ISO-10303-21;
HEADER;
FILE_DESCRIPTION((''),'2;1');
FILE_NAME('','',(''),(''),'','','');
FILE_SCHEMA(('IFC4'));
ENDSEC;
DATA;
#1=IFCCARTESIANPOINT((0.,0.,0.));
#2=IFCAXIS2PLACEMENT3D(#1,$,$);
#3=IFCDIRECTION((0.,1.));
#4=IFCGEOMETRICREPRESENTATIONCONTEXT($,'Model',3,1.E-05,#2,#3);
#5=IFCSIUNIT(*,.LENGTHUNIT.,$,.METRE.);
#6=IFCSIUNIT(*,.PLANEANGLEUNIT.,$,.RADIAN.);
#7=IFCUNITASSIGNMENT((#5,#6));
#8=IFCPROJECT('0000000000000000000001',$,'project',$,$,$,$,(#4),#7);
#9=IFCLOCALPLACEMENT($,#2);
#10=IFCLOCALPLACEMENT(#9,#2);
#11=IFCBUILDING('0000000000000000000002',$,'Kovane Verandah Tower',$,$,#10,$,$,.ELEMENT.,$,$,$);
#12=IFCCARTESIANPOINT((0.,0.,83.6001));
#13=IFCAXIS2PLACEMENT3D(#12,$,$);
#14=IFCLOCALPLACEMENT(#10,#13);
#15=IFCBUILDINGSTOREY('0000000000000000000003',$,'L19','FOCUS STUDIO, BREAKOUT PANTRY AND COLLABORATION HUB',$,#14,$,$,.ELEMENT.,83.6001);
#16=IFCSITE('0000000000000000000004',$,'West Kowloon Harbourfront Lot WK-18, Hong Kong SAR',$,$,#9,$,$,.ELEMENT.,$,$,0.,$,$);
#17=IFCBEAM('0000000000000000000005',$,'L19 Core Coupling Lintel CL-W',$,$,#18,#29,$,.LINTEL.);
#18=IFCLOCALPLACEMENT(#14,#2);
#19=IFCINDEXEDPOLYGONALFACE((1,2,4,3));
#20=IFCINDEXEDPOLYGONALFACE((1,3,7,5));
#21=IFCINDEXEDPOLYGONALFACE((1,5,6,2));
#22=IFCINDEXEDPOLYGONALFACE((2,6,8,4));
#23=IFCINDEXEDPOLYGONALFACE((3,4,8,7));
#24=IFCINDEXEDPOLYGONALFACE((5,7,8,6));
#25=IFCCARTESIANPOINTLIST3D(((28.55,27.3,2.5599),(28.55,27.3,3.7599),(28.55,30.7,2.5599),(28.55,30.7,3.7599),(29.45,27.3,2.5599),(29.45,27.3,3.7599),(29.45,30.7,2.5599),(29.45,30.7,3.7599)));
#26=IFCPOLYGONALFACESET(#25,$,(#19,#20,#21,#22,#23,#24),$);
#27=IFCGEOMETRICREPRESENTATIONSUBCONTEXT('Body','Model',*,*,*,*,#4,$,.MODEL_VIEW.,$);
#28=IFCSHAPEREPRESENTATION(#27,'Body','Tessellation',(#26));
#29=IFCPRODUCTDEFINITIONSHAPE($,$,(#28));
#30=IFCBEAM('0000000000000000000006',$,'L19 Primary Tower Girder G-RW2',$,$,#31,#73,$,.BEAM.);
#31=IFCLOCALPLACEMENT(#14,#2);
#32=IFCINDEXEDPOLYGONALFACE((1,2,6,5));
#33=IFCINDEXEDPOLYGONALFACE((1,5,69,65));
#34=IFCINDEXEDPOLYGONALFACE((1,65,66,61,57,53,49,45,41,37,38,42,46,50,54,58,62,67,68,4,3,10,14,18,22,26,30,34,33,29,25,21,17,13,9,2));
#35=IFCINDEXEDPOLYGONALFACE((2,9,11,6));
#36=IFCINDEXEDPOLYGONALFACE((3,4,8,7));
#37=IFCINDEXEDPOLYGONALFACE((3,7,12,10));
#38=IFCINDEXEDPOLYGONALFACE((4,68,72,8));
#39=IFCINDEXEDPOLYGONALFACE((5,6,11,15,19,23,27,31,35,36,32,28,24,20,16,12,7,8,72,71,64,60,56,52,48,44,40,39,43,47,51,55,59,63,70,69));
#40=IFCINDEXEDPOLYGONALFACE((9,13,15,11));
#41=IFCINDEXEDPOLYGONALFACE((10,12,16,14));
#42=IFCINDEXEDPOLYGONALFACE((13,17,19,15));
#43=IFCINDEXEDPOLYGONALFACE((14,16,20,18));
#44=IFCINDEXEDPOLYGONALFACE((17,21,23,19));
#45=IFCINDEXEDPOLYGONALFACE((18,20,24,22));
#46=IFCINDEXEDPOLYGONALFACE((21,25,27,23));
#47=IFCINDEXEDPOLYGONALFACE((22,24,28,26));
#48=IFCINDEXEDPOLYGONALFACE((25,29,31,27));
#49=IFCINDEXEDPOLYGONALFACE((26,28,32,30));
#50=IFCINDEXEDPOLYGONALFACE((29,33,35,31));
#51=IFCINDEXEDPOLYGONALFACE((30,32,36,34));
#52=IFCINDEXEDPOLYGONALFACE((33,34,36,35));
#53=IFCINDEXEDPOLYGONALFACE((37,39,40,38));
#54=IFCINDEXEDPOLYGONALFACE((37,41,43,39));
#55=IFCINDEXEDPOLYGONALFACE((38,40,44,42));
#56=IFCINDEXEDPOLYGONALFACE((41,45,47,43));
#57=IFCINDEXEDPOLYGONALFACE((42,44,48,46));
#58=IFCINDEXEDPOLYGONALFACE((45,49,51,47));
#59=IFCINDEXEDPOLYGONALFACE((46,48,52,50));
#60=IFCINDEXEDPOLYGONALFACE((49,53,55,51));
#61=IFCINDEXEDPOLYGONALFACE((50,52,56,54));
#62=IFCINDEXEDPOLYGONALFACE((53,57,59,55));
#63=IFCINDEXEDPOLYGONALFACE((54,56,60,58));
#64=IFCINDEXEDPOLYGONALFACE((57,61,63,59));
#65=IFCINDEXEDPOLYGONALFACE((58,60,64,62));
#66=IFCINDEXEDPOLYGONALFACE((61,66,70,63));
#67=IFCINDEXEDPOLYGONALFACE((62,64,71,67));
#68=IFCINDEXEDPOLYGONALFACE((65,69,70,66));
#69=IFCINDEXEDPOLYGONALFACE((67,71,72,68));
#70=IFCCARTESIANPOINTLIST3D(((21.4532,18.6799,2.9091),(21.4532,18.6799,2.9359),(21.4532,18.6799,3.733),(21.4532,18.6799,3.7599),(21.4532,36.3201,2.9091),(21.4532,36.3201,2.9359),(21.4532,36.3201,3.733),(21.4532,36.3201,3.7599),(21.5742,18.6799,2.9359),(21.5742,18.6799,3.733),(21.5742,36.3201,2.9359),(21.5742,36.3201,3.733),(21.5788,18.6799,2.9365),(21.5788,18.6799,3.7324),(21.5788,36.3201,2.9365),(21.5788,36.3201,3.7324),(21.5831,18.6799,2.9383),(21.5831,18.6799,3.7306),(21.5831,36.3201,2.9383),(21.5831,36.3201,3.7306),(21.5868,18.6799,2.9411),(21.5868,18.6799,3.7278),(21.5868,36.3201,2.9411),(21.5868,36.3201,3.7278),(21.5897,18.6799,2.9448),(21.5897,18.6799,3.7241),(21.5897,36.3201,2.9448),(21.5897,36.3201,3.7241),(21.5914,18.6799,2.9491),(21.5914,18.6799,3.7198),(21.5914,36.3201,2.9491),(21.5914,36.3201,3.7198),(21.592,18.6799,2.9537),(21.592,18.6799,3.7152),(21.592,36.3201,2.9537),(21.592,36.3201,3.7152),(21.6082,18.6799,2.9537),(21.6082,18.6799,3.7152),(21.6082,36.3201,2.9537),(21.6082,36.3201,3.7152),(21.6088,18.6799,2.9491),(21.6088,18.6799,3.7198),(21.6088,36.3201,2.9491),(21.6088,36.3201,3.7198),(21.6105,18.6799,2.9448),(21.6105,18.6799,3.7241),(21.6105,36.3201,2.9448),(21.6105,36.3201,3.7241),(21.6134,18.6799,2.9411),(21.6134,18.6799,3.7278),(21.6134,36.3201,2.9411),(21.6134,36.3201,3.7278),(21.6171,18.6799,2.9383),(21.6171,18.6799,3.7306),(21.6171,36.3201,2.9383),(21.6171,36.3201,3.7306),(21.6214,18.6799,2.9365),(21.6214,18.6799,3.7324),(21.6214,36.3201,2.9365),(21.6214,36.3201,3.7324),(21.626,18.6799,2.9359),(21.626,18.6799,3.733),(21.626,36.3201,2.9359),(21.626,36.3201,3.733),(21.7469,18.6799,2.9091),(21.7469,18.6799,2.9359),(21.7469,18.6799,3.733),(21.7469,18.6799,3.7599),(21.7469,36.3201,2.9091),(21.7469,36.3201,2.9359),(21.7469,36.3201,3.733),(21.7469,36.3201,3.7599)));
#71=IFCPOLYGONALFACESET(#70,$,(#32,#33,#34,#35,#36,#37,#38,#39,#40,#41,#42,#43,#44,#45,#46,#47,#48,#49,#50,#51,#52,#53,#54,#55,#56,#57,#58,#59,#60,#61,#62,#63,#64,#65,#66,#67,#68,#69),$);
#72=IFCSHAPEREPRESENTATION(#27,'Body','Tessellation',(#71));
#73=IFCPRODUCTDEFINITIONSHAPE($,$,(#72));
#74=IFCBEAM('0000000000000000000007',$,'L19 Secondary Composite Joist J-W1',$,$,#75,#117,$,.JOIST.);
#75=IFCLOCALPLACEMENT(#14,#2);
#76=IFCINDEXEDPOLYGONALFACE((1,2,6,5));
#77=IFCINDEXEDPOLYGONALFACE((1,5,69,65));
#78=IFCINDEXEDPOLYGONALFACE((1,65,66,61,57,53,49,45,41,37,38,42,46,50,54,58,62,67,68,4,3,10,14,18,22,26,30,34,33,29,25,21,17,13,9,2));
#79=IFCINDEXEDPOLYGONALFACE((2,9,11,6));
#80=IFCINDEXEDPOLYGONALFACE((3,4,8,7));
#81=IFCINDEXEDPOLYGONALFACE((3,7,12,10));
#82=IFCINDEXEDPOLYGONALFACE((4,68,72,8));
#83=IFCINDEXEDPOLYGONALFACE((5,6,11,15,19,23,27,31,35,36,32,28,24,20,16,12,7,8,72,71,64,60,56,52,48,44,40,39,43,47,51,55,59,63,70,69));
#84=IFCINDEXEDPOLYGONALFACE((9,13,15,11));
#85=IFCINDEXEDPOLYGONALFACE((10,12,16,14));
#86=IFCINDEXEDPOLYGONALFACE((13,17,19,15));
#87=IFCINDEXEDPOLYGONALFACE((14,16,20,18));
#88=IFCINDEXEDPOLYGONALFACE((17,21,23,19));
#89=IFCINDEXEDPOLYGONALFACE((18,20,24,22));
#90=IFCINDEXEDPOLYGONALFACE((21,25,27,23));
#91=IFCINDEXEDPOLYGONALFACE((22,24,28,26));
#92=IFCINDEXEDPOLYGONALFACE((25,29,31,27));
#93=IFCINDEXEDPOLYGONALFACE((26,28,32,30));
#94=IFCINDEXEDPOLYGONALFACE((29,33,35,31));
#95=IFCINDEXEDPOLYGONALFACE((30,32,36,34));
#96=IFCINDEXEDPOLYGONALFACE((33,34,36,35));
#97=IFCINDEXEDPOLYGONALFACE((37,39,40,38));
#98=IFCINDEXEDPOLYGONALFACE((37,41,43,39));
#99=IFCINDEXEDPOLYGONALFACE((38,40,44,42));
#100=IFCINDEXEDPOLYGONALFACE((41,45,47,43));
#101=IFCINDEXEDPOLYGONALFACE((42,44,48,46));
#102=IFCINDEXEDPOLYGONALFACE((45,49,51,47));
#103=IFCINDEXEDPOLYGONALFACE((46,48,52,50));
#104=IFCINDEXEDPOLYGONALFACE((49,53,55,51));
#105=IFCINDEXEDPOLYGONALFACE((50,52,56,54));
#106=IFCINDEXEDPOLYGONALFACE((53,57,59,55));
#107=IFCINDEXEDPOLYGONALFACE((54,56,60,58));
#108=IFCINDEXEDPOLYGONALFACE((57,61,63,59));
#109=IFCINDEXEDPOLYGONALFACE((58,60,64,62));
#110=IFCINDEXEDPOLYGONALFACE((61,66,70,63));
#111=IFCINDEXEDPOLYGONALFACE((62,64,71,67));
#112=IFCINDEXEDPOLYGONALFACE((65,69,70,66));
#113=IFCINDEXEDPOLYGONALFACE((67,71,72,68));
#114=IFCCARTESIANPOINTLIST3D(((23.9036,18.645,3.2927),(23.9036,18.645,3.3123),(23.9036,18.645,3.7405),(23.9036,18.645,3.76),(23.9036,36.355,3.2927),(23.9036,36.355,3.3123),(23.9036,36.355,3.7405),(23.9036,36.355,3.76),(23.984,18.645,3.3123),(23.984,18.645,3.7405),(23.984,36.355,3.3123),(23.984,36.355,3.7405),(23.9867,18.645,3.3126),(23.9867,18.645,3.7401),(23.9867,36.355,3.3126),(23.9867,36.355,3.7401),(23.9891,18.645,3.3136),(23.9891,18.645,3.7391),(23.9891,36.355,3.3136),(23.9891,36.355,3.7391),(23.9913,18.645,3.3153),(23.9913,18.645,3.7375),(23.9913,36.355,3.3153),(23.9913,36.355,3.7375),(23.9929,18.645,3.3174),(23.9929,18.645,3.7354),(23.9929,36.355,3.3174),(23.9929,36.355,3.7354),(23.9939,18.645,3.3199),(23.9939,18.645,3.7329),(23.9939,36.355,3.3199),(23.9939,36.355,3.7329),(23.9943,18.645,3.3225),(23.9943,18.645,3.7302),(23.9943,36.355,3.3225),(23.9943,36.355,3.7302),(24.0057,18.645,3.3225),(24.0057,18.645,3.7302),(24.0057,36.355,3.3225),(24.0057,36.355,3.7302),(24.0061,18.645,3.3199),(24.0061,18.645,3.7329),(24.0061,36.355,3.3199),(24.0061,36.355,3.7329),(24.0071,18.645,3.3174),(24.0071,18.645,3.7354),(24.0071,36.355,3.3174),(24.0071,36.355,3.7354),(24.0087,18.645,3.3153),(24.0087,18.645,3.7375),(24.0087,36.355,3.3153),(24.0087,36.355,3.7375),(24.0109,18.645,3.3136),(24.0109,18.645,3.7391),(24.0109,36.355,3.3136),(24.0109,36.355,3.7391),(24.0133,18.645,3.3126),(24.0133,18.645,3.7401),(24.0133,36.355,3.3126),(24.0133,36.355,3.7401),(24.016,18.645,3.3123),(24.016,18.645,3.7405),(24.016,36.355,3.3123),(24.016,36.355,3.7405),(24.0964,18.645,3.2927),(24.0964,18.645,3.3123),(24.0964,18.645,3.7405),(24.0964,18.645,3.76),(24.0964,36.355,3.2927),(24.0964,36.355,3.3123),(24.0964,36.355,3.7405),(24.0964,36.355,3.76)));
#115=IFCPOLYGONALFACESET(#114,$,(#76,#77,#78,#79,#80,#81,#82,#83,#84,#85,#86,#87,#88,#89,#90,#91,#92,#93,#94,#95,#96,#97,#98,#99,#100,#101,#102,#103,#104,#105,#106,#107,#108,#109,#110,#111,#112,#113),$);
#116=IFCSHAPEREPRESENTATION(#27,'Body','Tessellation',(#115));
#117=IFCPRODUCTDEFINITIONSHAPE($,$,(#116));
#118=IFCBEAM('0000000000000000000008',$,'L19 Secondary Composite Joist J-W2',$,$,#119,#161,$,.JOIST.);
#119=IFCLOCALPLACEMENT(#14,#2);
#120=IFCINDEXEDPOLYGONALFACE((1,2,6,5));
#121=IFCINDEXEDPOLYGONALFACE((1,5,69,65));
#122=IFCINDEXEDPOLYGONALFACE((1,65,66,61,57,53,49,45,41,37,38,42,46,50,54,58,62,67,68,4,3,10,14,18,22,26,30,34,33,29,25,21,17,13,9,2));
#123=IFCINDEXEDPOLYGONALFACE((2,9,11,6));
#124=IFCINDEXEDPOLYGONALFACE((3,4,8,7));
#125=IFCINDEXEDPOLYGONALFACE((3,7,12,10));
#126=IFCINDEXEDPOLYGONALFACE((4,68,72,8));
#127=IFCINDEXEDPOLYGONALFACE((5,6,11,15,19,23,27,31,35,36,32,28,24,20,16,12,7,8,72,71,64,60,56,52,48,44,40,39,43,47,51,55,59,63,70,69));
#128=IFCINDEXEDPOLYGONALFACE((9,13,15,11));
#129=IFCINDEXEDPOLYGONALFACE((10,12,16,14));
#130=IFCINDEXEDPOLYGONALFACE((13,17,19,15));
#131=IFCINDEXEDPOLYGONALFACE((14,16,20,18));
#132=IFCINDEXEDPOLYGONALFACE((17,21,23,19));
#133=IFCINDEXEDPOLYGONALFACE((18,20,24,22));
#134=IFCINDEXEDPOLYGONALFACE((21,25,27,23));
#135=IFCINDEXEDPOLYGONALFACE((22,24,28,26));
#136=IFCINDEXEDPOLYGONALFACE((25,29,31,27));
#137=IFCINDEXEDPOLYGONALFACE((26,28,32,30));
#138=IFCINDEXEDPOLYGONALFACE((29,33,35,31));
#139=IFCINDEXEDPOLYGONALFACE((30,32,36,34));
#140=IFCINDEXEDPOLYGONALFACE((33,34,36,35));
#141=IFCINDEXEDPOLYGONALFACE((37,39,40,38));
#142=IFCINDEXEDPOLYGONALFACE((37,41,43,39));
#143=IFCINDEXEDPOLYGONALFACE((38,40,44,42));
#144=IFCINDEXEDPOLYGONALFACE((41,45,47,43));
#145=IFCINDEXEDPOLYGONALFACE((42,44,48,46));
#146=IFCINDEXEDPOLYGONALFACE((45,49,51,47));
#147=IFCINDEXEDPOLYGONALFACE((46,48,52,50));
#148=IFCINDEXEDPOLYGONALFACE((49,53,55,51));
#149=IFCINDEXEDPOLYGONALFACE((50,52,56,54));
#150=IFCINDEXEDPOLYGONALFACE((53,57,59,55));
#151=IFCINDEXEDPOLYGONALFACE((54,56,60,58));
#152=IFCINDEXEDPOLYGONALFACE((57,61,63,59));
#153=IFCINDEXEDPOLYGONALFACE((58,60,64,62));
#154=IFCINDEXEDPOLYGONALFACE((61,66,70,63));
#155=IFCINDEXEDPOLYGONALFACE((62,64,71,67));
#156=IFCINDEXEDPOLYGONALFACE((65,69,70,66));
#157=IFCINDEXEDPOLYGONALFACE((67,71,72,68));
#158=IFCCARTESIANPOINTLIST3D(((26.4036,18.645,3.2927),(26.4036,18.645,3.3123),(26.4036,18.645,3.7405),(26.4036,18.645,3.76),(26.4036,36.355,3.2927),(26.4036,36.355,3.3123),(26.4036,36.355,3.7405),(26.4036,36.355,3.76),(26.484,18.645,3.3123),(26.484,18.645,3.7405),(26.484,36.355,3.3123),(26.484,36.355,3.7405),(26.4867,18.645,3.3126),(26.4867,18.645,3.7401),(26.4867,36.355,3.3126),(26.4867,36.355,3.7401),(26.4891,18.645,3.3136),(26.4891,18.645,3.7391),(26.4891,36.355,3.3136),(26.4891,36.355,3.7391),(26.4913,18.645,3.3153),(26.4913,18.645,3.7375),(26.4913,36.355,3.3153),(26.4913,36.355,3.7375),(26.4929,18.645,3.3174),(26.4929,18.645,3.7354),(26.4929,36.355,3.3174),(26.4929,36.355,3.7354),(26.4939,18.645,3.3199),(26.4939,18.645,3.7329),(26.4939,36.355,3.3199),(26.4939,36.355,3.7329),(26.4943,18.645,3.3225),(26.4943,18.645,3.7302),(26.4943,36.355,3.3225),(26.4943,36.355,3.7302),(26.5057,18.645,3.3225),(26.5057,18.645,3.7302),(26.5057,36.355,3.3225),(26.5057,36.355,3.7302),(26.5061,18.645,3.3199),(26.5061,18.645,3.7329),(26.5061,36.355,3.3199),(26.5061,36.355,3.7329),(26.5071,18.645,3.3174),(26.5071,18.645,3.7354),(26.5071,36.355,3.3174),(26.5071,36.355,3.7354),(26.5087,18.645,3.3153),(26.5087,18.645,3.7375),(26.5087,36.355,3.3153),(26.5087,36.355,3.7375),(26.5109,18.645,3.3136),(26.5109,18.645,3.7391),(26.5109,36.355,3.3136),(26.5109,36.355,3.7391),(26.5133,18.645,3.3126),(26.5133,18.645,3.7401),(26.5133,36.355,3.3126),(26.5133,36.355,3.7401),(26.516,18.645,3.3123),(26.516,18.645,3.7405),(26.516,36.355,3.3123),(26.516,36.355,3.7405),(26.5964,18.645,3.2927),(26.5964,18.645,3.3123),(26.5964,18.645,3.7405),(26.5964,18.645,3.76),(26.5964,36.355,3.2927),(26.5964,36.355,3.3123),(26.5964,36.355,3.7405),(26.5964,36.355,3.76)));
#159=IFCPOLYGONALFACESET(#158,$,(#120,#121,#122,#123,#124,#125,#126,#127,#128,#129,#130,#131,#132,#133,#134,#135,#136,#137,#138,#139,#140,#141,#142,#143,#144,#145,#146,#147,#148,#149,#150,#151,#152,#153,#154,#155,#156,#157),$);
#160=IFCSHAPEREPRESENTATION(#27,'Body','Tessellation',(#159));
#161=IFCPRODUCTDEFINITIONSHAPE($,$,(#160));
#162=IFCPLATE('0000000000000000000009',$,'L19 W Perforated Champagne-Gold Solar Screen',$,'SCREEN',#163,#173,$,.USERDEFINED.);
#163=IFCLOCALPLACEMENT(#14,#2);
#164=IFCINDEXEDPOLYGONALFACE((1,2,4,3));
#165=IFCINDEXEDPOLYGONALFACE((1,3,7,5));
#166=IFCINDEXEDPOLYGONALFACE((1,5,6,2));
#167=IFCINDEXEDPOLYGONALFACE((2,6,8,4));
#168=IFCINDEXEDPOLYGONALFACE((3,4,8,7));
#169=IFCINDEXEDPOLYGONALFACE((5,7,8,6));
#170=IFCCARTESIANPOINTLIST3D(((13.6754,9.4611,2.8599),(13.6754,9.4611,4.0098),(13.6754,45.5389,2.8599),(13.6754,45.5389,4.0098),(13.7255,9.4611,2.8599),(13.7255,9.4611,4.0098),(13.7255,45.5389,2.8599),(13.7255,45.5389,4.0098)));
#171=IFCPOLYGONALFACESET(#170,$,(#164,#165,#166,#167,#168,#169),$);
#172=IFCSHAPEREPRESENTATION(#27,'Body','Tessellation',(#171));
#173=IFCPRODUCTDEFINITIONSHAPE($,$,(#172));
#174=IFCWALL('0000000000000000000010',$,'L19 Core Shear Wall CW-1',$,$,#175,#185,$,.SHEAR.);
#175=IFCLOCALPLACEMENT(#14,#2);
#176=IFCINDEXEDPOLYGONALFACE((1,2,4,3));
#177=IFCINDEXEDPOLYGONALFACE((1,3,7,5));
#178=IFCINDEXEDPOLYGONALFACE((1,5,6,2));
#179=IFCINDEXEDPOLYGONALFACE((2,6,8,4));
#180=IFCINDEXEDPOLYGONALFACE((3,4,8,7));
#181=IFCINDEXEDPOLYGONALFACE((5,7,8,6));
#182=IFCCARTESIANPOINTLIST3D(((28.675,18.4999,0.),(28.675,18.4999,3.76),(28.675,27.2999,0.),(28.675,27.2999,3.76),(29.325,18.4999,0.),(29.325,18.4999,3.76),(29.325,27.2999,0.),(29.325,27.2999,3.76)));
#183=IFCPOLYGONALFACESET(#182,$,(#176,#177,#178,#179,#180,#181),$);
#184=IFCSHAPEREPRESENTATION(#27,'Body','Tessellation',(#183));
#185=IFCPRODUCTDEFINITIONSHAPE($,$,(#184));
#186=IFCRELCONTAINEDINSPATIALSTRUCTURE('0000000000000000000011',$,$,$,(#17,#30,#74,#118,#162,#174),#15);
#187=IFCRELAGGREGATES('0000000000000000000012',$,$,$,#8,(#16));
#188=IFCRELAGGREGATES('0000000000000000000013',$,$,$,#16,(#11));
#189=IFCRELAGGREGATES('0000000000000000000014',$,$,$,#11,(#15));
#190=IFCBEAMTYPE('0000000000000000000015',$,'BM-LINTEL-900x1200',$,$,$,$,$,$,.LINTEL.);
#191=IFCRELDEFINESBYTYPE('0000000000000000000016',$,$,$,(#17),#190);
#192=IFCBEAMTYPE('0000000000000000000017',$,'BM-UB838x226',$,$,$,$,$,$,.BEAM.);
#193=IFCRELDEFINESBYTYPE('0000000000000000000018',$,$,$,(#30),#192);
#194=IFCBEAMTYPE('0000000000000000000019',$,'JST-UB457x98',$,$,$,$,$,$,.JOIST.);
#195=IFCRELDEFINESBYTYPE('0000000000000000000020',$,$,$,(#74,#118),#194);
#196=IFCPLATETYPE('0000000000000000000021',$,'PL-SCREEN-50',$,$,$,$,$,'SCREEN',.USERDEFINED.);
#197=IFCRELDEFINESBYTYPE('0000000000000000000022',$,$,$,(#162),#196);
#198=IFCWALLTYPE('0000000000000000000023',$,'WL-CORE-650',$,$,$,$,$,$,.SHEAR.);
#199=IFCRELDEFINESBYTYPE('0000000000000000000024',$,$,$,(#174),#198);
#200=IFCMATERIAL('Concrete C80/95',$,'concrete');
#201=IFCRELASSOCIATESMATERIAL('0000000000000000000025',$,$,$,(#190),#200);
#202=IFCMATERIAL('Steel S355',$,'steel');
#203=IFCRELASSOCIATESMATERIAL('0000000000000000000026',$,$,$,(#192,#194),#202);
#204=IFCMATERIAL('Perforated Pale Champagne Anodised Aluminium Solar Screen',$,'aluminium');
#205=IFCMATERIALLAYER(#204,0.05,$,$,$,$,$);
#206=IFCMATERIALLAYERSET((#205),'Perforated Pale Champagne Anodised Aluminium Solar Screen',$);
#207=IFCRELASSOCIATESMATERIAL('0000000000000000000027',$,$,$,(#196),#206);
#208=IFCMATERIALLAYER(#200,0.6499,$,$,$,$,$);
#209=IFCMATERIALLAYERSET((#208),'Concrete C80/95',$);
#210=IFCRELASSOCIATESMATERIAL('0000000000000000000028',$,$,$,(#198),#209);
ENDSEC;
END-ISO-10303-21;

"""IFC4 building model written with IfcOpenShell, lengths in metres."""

from ifc_helpers import new_model, si_unit, direction, frame, frame_2d, origin, origin_2d, place, context, subcontext, project, spatial, rectangle, i_section, extrude, material, layer, layer_set, material_profile, profile_set, type_object, element, save


model = new_model("IFC4")

# Units and contexts
model_context = context("Model", 3, precision=1e-05, world=origin(), true_north=direction((0.0, 1.0)))
body_context = subcontext(model_context, "Body", "Model", "MODEL_VIEW")
ifc_project = project(units=[si_unit("LENGTHUNIT", "METRE"), si_unit("PLANEANGLEUNIT", "RADIAN")], contexts=[model_context])

# Site, building, storey
site_placement = place(None, origin())
site = spatial("IfcSite", under=ifc_project, at=site_placement, Name="West Kowloon Harbourfront Lot WK-18, Hong Kong SAR", CompositionType="ELEMENT", RefElevation=0.0)
building_placement = place(site_placement, origin())
building = spatial("IfcBuilding", under=site, at=building_placement, Name="Kovane Verandah Tower", CompositionType="ELEMENT")
storey_placement = place(building_placement, frame((0.0, 0.0, 83.6001)))
storey = spatial("IfcBuildingStorey", under=building, at=storey_placement, Name="L19", Description="FOCUS STUDIO, BREAKOUT PANTRY AND COLLABORATION HUB", CompositionType="ELEMENT", Elevation=83.6001)

# Beams
ifc_material_1 = material(Name="Concrete C80/95", Category="concrete")
ifc_material_profile_1 = material_profile(ifc_material_1, rectangle(XDim=0.8999, YDim=1.2, at=origin_2d()), Name="RCB900x1200")
ifc_profile_set_1 = profile_set([ifc_material_profile_1], Name="Concrete C80/95")
beam_type_1 = type_object("IfcBeamType", Name="BM-LINTEL-900x1200", PredefinedType="LINTEL", material=ifc_profile_set_1)
beam_1_placement = place(storey_placement, frame((29.0, 27.3, 3.1599), z_axis=(0.0, 1.0, 0.0), x_axis=(-1.0, 0.0, 0.0)))
element("IfcBeam", 1, at=beam_1_placement, inside=storey, type_object=beam_type_1, Name="L19 Core Coupling Lintel CL-W", PredefinedType="LINTEL", context=body_context, shape_type="SweptSolid", body=[
    extrude(rectangle(XDim=0.8999, YDim=1.2, at=origin_2d()), origin(), (0.0, 0.0, 1.0), 3.3999),
])
ifc_material_2 = material(Name="Steel S355", Category="steel")
ifc_material_profile_2 = material_profile(ifc_material_2, i_section(OverallWidth=0.2937, OverallDepth=0.8508, WebThickness=0.0161, FlangeThickness=0.0269, FilletRadius=0.0178, at=origin_2d()), Name="UB838x292x226")
ifc_profile_set_2 = profile_set([ifc_material_profile_2], Name="Steel S355")
beam_type_2 = type_object("IfcBeamType", Name="BM-UB838x226", PredefinedType="BEAM", material=ifc_profile_set_2)
beam_2_placement = place(storey_placement, frame((21.6001, 18.6799, 3.3345), z_axis=(0.0, 1.0, 0.0), x_axis=(-1.0, 0.0, 0.0)))
element("IfcBeam", 2, at=beam_2_placement, inside=storey, type_object=beam_type_2, Name="L19 Primary Tower Girder G-RW2", PredefinedType="BEAM", context=body_context, shape_type="SweptSolid", body=[
    extrude(i_section(OverallWidth=0.2937, OverallDepth=0.8508, WebThickness=0.0161, FlangeThickness=0.0269, FilletRadius=0.0178, at=origin_2d()), origin(), (0.0, 0.0, 1.0), 17.6401),
])
ifc_material_profile_3 = material_profile(ifc_material_2, i_section(OverallWidth=0.1929, OverallDepth=0.4673, WebThickness=0.0115, FlangeThickness=0.0195, FilletRadius=0.0103, at=origin_2d()), Name="UB457x191x98")
ifc_profile_set_3 = profile_set([ifc_material_profile_3], Name="Steel S355")
beam_type_3 = type_object("IfcBeamType", Name="JST-UB457x98", PredefinedType="JOIST", material=ifc_profile_set_3)
for number, where, z_axis, x_axis, name in (
    (3, (24.0, 18.645, 3.5264), (0.0, 1.0, 0.0), (-1.0, 0.0, 0.0), "L19 Secondary Composite Joist J-W1"),
    (4, (26.5, 18.645, 3.5264), (0.0, 1.0, 0.0), (-1.0, 0.0, 0.0), "L19 Secondary Composite Joist J-W2"),
):
    element("IfcBeam", number, at=place(storey_placement, frame(where, z_axis=z_axis, x_axis=x_axis)), inside=storey, type_object=beam_type_3, Name=name, PredefinedType="JOIST", context=body_context, shape_type="SweptSolid", body=[
        extrude(i_section(OverallWidth=0.1929, OverallDepth=0.4673, WebThickness=0.0115, FlangeThickness=0.0195, FilletRadius=0.0103, at=origin_2d()), origin(), (0.0, 0.0, 1.0), 17.71),
    ])

# Plate
ifc_material_3 = material(Name="Perforated Pale Champagne Anodised Aluminium Solar Screen", Category="aluminium")
ifc_layer_1 = layer(ifc_material_3, 0.05)
ifc_layer_set_1 = layer_set([ifc_layer_1], Name="Perforated Pale Champagne Anodised Aluminium Solar Screen")
plate_type = type_object("IfcPlateType", Name="PL-SCREEN-50", ElementType="SCREEN", PredefinedType="USERDEFINED", material=ifc_layer_set_1)
plate_placement = place(storey_placement, frame((13.7004, 27.5, 2.8599), z_axis=(0.0, 0.0, 1.0), x_axis=(0.0, -1.0, 0.0)))
element("IfcPlate", 5, at=plate_placement, inside=storey, type_object=plate_type, Name="L19 W Perforated Champagne-Gold Solar Screen", ObjectType="SCREEN", PredefinedType="USERDEFINED", context=body_context, shape_type="SweptSolid", body=[
    extrude(rectangle(XDim=36.0779, YDim=0.05, at=origin_2d()), origin(), (0.0, 0.0, 1.0), 1.1499),
])

# Wall
ifc_layer_2 = layer(ifc_material_1, 0.6499)
ifc_layer_set_2 = layer_set([ifc_layer_2], Name="Concrete C80/95")
wall_type_1 = type_object("IfcWallType", Name="WL-CORE-650", PredefinedType="SHEAR", material=ifc_layer_set_2)
wall_1_placement = place(storey_placement, frame((29.0, 18.5, 0.0), z_axis=(0.0, 0.0, 1.0), x_axis=(0.0, 1.0, 0.0)))
element("IfcWall", 6, at=wall_1_placement, inside=storey, type_object=wall_type_1, Name="L19 Core Shear Wall CW-1", PredefinedType="SHEAR", context=body_context, shape_type="SweptSolid", body=[
    extrude(rectangle(XDim=8.8, YDim=0.6499, at=frame_2d((4.3999, 0.0))), origin(), (0.0, 0.0, 1.0), 3.76),
])

save(model, "model.ifc")
